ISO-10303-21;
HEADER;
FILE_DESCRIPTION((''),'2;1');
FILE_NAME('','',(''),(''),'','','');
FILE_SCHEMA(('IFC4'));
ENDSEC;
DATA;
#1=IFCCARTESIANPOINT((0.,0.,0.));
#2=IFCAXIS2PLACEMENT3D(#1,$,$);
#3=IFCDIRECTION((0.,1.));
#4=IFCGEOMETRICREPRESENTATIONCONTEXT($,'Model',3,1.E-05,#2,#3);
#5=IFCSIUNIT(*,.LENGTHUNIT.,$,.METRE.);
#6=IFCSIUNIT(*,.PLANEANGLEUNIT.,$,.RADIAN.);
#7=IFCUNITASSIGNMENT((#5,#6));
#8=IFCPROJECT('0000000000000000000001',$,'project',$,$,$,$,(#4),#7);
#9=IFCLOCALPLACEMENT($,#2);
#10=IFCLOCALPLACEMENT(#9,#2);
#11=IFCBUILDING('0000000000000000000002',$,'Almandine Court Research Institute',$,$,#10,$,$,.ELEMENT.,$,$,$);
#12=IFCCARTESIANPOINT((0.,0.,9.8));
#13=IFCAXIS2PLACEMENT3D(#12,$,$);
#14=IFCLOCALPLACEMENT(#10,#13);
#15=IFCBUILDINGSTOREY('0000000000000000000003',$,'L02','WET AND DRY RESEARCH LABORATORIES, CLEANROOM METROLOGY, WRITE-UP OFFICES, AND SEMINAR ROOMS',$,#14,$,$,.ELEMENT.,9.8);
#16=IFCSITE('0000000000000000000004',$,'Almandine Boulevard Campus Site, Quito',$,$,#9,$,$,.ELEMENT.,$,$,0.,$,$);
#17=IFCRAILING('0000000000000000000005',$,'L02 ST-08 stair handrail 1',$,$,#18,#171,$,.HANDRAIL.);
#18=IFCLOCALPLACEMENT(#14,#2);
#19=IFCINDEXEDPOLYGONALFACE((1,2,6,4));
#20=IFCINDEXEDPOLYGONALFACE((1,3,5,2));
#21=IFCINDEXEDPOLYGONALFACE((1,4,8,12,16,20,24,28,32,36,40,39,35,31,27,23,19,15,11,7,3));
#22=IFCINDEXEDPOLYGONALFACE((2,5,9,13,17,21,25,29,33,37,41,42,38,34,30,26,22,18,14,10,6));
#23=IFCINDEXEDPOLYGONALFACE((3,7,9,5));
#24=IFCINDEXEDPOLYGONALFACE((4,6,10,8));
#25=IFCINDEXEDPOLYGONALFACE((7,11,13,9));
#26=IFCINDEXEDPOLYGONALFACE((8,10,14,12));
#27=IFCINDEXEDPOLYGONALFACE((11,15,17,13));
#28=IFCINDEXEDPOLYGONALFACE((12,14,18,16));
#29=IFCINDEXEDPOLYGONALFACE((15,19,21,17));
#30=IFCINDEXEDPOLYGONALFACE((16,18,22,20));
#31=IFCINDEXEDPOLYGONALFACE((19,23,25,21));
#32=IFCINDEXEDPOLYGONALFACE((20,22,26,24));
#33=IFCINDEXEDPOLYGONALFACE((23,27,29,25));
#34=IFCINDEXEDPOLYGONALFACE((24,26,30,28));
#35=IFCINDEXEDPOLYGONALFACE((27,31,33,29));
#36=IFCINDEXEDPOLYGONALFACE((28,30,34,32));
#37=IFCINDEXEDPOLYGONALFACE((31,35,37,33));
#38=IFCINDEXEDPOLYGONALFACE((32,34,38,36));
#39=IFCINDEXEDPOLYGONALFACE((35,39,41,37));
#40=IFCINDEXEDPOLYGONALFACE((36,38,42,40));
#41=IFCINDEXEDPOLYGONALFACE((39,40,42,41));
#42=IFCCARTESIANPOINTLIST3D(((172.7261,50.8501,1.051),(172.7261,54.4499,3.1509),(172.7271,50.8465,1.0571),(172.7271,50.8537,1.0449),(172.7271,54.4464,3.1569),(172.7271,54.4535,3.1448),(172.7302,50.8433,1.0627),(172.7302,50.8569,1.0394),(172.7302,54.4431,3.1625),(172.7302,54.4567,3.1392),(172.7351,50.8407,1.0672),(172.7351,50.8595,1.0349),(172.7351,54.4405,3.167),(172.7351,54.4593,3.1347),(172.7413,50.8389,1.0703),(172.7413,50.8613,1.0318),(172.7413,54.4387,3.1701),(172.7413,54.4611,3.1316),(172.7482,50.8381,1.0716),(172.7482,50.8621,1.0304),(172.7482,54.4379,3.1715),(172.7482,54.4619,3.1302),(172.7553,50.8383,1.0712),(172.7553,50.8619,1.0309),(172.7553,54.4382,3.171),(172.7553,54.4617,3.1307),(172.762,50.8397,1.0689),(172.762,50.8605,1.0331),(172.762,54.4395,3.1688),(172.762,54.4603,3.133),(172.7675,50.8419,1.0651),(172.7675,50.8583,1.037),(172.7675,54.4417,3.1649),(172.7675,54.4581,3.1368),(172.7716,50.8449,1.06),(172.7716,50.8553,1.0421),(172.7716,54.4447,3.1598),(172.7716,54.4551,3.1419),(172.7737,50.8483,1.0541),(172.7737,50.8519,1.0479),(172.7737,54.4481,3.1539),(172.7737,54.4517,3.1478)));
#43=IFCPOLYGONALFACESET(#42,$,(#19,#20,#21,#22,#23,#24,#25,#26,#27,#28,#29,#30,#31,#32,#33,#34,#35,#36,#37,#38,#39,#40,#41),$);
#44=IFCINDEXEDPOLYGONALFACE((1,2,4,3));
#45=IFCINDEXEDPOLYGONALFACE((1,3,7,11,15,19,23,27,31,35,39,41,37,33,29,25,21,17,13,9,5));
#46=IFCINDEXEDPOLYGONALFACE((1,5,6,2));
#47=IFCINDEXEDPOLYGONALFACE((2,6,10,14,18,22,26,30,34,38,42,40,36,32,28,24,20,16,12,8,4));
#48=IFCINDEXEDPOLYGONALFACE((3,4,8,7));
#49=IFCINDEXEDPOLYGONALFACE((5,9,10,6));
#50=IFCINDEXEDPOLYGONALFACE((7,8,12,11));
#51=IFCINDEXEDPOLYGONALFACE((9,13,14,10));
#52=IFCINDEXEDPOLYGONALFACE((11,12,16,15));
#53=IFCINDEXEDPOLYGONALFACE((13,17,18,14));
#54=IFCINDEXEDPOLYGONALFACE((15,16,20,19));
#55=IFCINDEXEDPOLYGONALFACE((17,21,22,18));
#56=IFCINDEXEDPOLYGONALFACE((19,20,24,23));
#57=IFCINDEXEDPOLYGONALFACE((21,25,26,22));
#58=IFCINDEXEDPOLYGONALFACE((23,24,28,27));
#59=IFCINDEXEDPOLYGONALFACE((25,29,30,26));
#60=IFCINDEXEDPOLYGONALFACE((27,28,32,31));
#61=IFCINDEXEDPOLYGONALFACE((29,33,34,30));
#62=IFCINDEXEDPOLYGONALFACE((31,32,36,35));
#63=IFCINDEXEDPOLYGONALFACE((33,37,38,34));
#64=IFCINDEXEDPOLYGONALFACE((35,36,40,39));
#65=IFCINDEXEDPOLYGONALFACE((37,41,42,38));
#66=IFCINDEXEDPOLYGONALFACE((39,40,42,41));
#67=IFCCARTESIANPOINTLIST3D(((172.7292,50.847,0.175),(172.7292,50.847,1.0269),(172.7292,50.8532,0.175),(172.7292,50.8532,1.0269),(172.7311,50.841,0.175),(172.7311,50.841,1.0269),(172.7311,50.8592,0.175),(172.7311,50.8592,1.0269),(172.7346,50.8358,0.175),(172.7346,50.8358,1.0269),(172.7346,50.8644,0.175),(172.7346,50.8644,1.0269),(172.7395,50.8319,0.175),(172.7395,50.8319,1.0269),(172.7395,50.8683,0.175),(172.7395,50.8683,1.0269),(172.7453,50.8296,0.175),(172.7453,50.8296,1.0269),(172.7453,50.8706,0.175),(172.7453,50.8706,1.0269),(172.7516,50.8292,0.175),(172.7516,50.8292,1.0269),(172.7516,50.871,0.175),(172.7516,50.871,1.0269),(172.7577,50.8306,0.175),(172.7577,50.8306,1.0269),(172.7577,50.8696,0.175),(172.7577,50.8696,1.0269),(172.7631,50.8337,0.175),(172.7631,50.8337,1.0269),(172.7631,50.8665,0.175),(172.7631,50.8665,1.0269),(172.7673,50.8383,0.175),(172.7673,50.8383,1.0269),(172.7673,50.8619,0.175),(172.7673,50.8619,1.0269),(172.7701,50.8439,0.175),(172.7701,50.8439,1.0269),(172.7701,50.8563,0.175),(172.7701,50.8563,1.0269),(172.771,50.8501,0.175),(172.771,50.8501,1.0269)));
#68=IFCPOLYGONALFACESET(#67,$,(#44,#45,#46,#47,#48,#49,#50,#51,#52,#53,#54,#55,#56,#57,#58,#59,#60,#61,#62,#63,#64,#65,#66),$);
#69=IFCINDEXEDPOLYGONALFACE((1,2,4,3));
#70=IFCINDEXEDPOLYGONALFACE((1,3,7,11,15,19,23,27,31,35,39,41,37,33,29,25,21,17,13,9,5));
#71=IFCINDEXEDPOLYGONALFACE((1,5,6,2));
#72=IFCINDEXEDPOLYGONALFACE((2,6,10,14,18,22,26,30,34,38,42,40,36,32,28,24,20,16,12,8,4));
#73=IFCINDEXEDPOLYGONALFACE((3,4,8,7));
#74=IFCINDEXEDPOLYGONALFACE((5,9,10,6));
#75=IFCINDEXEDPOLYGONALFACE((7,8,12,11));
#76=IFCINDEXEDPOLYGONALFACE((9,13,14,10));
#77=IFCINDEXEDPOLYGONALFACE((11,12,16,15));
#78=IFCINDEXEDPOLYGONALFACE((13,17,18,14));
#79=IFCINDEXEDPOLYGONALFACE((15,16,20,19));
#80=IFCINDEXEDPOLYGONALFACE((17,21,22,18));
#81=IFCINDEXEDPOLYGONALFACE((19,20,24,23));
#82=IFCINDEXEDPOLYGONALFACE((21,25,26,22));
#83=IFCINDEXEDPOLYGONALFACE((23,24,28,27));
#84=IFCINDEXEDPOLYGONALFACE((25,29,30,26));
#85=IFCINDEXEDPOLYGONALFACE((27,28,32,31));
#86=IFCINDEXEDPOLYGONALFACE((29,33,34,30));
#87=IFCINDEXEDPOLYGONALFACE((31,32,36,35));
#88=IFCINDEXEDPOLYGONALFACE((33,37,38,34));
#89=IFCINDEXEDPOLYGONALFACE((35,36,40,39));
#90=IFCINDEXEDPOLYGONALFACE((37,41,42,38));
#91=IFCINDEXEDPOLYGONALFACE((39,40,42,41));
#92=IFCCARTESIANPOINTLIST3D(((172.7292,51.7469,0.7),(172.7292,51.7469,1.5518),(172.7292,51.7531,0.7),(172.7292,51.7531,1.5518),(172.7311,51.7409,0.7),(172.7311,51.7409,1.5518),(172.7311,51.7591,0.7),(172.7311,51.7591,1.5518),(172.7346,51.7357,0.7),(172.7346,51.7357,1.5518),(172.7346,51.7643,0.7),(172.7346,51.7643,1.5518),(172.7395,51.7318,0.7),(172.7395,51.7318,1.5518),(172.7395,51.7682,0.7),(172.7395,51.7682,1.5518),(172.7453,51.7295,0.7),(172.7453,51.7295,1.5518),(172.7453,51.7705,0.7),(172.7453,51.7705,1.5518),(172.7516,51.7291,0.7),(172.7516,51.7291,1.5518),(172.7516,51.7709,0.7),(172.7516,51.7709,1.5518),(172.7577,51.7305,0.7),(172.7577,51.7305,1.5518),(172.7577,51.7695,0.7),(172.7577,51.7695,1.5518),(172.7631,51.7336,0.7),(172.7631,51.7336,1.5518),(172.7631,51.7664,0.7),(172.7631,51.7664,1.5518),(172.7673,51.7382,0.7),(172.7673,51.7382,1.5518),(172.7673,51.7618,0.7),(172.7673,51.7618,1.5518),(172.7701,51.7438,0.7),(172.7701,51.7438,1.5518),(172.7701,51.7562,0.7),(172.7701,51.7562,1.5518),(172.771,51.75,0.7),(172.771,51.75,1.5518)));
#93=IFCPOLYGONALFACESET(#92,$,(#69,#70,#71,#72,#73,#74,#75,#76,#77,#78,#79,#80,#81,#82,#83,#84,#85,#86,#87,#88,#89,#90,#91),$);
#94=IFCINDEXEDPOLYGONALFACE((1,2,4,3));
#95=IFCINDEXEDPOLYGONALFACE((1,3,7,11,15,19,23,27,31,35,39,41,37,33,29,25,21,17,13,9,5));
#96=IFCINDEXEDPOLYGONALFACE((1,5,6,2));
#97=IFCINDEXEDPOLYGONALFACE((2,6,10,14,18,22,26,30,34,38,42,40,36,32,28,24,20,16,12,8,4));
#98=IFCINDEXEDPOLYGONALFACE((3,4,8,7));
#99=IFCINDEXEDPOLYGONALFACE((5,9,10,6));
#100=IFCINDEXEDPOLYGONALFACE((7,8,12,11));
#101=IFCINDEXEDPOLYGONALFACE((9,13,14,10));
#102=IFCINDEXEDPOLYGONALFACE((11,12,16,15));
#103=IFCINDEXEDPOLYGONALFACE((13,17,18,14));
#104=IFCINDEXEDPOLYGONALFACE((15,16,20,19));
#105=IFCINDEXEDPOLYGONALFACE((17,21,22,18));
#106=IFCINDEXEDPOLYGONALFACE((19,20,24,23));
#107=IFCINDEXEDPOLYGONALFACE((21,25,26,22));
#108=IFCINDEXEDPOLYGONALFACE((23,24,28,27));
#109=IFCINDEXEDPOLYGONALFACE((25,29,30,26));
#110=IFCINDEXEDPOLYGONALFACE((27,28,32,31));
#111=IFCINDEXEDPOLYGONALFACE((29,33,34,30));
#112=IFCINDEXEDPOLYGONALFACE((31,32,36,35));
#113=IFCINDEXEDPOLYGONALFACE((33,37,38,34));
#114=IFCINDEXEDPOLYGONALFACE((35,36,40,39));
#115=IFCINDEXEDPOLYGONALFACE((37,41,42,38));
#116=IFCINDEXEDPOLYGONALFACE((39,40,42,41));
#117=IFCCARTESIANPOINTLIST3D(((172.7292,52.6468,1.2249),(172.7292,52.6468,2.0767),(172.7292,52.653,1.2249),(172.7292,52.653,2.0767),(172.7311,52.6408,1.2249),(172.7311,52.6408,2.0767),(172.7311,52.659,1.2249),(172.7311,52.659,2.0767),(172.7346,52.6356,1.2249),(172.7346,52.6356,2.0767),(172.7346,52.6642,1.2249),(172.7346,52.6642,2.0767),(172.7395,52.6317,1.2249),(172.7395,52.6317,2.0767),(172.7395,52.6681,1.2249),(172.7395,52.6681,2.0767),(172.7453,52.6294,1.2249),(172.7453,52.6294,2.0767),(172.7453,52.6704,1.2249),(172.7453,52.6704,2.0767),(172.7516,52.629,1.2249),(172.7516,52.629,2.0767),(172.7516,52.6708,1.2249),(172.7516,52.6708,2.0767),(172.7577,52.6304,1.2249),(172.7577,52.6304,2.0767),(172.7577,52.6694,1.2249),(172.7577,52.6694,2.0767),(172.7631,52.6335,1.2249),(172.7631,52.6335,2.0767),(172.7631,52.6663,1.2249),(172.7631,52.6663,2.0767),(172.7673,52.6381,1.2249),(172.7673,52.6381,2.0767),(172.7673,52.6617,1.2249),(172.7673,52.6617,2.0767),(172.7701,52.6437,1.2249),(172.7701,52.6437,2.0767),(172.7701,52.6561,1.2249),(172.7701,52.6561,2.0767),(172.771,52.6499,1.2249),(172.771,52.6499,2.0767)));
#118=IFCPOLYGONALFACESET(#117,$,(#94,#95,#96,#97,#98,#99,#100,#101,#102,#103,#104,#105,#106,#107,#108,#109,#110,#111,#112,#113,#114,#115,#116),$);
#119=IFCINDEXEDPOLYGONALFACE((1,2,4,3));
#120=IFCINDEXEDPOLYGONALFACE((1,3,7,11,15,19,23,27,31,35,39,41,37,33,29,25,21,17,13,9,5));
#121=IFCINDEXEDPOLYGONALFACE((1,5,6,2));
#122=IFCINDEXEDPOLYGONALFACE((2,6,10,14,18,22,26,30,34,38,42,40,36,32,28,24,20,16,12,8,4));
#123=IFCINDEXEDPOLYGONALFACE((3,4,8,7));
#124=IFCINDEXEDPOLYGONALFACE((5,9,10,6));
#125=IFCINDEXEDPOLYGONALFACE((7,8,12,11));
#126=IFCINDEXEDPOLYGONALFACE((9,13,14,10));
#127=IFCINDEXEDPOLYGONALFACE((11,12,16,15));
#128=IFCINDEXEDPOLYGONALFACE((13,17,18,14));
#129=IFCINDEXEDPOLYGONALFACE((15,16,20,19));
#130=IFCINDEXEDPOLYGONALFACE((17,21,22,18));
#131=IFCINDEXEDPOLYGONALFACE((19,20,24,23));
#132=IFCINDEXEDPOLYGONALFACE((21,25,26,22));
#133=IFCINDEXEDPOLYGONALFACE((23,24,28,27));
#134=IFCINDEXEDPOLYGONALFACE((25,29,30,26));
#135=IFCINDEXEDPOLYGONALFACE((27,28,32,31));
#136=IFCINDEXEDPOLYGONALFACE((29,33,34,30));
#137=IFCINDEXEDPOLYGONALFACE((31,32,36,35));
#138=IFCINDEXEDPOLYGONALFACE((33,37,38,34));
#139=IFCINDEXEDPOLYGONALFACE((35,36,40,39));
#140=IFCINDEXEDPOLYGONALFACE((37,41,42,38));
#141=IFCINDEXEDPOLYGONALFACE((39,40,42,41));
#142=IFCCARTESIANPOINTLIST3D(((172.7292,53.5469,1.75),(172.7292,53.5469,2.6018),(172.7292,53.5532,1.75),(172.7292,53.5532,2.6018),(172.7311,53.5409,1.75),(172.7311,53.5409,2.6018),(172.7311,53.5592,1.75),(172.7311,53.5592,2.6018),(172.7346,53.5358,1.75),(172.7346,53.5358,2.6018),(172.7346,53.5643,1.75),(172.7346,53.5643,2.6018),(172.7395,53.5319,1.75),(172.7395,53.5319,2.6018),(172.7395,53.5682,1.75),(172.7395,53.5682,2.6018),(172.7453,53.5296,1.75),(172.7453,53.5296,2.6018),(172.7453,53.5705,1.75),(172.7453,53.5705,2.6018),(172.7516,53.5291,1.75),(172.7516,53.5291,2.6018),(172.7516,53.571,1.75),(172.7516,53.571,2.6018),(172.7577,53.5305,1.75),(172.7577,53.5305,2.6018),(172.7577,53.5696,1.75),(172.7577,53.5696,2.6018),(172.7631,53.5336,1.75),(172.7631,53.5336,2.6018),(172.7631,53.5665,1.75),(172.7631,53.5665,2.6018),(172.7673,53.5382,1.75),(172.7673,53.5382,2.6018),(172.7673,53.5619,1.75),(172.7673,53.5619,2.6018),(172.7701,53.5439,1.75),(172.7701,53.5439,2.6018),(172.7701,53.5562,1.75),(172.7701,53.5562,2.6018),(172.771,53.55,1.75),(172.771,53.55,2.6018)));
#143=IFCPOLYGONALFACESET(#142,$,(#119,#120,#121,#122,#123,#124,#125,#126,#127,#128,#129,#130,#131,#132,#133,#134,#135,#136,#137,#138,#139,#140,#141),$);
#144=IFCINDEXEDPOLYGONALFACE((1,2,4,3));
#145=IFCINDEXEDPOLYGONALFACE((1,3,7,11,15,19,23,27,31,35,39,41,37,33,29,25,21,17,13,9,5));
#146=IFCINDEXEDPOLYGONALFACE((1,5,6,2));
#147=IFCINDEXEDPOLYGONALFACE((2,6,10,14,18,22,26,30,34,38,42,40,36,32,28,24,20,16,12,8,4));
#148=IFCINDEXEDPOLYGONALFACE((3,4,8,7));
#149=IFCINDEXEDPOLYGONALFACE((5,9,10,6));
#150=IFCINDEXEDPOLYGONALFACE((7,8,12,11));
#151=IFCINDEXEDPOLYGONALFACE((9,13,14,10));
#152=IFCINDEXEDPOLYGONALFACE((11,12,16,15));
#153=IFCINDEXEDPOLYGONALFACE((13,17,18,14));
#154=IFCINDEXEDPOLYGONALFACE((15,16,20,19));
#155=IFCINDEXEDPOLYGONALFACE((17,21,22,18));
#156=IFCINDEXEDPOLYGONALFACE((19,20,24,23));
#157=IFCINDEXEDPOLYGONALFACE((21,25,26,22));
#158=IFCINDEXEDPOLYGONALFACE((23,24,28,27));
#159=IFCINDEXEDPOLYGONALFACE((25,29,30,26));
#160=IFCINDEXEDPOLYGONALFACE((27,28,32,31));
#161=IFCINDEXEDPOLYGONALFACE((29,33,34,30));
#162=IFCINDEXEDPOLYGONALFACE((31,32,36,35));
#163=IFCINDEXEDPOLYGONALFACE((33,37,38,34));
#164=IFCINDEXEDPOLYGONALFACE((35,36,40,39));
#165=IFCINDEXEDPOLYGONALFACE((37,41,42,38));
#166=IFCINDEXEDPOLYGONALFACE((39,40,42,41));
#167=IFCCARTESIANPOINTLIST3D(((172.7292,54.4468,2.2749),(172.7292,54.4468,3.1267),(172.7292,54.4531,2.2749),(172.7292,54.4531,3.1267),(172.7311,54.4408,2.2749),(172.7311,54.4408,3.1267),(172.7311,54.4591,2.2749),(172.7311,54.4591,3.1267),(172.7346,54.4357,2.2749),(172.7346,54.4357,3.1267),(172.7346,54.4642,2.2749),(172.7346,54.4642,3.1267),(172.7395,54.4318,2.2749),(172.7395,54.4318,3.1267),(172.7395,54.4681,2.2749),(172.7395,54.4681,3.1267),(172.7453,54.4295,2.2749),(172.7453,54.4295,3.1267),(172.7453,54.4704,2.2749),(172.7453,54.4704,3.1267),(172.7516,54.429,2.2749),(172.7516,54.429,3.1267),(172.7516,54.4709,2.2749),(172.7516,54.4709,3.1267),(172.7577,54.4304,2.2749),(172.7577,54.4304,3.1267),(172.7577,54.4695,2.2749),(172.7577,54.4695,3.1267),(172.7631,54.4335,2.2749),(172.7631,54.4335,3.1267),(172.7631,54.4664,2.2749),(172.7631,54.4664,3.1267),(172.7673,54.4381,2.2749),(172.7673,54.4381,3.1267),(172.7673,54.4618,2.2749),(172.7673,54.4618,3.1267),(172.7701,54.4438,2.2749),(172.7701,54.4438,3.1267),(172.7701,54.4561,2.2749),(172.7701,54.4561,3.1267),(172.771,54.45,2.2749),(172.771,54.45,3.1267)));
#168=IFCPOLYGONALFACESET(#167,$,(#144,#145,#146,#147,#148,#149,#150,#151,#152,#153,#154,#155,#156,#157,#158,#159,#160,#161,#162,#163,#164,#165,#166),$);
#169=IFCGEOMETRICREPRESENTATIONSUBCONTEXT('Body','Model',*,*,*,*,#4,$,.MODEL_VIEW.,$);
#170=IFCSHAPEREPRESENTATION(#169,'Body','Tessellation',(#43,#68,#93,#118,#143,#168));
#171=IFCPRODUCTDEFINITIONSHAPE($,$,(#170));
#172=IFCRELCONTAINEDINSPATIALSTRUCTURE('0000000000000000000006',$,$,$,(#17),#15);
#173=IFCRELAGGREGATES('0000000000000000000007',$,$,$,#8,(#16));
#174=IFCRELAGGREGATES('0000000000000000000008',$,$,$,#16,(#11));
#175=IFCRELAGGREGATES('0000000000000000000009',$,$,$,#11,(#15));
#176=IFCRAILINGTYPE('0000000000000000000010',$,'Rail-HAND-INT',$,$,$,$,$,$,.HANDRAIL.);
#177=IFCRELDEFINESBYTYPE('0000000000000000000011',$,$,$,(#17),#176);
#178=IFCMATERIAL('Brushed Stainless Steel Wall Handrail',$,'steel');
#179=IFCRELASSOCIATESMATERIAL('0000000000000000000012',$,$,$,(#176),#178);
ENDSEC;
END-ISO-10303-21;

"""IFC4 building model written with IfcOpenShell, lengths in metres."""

from ifc_helpers import new_model, si_unit, direction, frame, origin, origin_2d, place, context, subcontext, project, spatial, circle, extrude, material, type_object, element, save


model = new_model("IFC4")

# Units and contexts
model_context = context("Model", 3, precision=1e-05, world=origin(), true_north=direction((0.0, 1.0)))
body_context = subcontext(model_context, "Body", "Model", "MODEL_VIEW")
ifc_project = project(units=[si_unit("LENGTHUNIT", "METRE"), si_unit("PLANEANGLEUNIT", "RADIAN")], contexts=[model_context])

# Site, building, storey
site_placement = place(None, origin())
site = spatial("IfcSite", under=ifc_project, at=site_placement, Name="Almandine Boulevard Campus Site, Quito", CompositionType="ELEMENT", RefElevation=0.0)
building_placement = place(site_placement, origin())
building = spatial("IfcBuilding", under=site, at=building_placement, Name="Almandine Court Research Institute", CompositionType="ELEMENT")
storey_placement = place(building_placement, frame((0.0, 0.0, 9.8)))
storey = spatial("IfcBuildingStorey", under=building, at=storey_placement, Name="L02", Description="WET AND DRY RESEARCH LABORATORIES, CLEANROOM METROLOGY, WRITE-UP OFFICES, AND SEMINAR ROOMS", CompositionType="ELEMENT", Elevation=9.8)

# Railing
ifc_material_1 = material(Name="Brushed Stainless Steel Wall Handrail", Category="steel")
railing_type_1 = type_object("IfcRailingType", Name="Rail-HAND-INT", PredefinedType="HANDRAIL", material=ifc_material_1)
railing_1_placement = place(storey_placement, frame((172.75, 50.8501, 0.175)))
element("IfcRailing", 1, at=railing_1_placement, inside=storey, type_object=railing_type_1, Name="L02 ST-08 stair handrail 1", PredefinedType="HANDRAIL", context=body_context, shape_type="SweptSolid", body=[
    extrude(circle(Radius=0.0239, at=origin_2d()), frame((0.0, 0.0, 0.876), z_axis=(0.0, 0.863785, 0.50386), x_axis=(-1.0, 0.0, 0.0)), (0.0, 0.0, 1.0), 4.1675),
    extrude(circle(Radius=0.021, at=origin_2d()), origin(), (0.0, 0.0, 1.0), 0.8518),
    extrude(circle(Radius=0.021, at=origin_2d()), frame((0.0, 0.8999, 0.5249)), (0.0, 0.0, 1.0), 0.8518),
    extrude(circle(Radius=0.021, at=origin_2d()), frame((0.0, 1.7998, 1.0498)), (0.0, 0.0, 1.0), 0.8518),
    extrude(circle(Radius=0.021, at=origin_2d()), frame((0.0, 2.7, 1.575)), (0.0, 0.0, 1.0), 0.8518),
    extrude(circle(Radius=0.021, at=origin_2d()), frame((0.0, 3.5999, 2.0999)), (0.0, 0.0, 1.0), 0.8518),
])

save(model, "model.ifc")
